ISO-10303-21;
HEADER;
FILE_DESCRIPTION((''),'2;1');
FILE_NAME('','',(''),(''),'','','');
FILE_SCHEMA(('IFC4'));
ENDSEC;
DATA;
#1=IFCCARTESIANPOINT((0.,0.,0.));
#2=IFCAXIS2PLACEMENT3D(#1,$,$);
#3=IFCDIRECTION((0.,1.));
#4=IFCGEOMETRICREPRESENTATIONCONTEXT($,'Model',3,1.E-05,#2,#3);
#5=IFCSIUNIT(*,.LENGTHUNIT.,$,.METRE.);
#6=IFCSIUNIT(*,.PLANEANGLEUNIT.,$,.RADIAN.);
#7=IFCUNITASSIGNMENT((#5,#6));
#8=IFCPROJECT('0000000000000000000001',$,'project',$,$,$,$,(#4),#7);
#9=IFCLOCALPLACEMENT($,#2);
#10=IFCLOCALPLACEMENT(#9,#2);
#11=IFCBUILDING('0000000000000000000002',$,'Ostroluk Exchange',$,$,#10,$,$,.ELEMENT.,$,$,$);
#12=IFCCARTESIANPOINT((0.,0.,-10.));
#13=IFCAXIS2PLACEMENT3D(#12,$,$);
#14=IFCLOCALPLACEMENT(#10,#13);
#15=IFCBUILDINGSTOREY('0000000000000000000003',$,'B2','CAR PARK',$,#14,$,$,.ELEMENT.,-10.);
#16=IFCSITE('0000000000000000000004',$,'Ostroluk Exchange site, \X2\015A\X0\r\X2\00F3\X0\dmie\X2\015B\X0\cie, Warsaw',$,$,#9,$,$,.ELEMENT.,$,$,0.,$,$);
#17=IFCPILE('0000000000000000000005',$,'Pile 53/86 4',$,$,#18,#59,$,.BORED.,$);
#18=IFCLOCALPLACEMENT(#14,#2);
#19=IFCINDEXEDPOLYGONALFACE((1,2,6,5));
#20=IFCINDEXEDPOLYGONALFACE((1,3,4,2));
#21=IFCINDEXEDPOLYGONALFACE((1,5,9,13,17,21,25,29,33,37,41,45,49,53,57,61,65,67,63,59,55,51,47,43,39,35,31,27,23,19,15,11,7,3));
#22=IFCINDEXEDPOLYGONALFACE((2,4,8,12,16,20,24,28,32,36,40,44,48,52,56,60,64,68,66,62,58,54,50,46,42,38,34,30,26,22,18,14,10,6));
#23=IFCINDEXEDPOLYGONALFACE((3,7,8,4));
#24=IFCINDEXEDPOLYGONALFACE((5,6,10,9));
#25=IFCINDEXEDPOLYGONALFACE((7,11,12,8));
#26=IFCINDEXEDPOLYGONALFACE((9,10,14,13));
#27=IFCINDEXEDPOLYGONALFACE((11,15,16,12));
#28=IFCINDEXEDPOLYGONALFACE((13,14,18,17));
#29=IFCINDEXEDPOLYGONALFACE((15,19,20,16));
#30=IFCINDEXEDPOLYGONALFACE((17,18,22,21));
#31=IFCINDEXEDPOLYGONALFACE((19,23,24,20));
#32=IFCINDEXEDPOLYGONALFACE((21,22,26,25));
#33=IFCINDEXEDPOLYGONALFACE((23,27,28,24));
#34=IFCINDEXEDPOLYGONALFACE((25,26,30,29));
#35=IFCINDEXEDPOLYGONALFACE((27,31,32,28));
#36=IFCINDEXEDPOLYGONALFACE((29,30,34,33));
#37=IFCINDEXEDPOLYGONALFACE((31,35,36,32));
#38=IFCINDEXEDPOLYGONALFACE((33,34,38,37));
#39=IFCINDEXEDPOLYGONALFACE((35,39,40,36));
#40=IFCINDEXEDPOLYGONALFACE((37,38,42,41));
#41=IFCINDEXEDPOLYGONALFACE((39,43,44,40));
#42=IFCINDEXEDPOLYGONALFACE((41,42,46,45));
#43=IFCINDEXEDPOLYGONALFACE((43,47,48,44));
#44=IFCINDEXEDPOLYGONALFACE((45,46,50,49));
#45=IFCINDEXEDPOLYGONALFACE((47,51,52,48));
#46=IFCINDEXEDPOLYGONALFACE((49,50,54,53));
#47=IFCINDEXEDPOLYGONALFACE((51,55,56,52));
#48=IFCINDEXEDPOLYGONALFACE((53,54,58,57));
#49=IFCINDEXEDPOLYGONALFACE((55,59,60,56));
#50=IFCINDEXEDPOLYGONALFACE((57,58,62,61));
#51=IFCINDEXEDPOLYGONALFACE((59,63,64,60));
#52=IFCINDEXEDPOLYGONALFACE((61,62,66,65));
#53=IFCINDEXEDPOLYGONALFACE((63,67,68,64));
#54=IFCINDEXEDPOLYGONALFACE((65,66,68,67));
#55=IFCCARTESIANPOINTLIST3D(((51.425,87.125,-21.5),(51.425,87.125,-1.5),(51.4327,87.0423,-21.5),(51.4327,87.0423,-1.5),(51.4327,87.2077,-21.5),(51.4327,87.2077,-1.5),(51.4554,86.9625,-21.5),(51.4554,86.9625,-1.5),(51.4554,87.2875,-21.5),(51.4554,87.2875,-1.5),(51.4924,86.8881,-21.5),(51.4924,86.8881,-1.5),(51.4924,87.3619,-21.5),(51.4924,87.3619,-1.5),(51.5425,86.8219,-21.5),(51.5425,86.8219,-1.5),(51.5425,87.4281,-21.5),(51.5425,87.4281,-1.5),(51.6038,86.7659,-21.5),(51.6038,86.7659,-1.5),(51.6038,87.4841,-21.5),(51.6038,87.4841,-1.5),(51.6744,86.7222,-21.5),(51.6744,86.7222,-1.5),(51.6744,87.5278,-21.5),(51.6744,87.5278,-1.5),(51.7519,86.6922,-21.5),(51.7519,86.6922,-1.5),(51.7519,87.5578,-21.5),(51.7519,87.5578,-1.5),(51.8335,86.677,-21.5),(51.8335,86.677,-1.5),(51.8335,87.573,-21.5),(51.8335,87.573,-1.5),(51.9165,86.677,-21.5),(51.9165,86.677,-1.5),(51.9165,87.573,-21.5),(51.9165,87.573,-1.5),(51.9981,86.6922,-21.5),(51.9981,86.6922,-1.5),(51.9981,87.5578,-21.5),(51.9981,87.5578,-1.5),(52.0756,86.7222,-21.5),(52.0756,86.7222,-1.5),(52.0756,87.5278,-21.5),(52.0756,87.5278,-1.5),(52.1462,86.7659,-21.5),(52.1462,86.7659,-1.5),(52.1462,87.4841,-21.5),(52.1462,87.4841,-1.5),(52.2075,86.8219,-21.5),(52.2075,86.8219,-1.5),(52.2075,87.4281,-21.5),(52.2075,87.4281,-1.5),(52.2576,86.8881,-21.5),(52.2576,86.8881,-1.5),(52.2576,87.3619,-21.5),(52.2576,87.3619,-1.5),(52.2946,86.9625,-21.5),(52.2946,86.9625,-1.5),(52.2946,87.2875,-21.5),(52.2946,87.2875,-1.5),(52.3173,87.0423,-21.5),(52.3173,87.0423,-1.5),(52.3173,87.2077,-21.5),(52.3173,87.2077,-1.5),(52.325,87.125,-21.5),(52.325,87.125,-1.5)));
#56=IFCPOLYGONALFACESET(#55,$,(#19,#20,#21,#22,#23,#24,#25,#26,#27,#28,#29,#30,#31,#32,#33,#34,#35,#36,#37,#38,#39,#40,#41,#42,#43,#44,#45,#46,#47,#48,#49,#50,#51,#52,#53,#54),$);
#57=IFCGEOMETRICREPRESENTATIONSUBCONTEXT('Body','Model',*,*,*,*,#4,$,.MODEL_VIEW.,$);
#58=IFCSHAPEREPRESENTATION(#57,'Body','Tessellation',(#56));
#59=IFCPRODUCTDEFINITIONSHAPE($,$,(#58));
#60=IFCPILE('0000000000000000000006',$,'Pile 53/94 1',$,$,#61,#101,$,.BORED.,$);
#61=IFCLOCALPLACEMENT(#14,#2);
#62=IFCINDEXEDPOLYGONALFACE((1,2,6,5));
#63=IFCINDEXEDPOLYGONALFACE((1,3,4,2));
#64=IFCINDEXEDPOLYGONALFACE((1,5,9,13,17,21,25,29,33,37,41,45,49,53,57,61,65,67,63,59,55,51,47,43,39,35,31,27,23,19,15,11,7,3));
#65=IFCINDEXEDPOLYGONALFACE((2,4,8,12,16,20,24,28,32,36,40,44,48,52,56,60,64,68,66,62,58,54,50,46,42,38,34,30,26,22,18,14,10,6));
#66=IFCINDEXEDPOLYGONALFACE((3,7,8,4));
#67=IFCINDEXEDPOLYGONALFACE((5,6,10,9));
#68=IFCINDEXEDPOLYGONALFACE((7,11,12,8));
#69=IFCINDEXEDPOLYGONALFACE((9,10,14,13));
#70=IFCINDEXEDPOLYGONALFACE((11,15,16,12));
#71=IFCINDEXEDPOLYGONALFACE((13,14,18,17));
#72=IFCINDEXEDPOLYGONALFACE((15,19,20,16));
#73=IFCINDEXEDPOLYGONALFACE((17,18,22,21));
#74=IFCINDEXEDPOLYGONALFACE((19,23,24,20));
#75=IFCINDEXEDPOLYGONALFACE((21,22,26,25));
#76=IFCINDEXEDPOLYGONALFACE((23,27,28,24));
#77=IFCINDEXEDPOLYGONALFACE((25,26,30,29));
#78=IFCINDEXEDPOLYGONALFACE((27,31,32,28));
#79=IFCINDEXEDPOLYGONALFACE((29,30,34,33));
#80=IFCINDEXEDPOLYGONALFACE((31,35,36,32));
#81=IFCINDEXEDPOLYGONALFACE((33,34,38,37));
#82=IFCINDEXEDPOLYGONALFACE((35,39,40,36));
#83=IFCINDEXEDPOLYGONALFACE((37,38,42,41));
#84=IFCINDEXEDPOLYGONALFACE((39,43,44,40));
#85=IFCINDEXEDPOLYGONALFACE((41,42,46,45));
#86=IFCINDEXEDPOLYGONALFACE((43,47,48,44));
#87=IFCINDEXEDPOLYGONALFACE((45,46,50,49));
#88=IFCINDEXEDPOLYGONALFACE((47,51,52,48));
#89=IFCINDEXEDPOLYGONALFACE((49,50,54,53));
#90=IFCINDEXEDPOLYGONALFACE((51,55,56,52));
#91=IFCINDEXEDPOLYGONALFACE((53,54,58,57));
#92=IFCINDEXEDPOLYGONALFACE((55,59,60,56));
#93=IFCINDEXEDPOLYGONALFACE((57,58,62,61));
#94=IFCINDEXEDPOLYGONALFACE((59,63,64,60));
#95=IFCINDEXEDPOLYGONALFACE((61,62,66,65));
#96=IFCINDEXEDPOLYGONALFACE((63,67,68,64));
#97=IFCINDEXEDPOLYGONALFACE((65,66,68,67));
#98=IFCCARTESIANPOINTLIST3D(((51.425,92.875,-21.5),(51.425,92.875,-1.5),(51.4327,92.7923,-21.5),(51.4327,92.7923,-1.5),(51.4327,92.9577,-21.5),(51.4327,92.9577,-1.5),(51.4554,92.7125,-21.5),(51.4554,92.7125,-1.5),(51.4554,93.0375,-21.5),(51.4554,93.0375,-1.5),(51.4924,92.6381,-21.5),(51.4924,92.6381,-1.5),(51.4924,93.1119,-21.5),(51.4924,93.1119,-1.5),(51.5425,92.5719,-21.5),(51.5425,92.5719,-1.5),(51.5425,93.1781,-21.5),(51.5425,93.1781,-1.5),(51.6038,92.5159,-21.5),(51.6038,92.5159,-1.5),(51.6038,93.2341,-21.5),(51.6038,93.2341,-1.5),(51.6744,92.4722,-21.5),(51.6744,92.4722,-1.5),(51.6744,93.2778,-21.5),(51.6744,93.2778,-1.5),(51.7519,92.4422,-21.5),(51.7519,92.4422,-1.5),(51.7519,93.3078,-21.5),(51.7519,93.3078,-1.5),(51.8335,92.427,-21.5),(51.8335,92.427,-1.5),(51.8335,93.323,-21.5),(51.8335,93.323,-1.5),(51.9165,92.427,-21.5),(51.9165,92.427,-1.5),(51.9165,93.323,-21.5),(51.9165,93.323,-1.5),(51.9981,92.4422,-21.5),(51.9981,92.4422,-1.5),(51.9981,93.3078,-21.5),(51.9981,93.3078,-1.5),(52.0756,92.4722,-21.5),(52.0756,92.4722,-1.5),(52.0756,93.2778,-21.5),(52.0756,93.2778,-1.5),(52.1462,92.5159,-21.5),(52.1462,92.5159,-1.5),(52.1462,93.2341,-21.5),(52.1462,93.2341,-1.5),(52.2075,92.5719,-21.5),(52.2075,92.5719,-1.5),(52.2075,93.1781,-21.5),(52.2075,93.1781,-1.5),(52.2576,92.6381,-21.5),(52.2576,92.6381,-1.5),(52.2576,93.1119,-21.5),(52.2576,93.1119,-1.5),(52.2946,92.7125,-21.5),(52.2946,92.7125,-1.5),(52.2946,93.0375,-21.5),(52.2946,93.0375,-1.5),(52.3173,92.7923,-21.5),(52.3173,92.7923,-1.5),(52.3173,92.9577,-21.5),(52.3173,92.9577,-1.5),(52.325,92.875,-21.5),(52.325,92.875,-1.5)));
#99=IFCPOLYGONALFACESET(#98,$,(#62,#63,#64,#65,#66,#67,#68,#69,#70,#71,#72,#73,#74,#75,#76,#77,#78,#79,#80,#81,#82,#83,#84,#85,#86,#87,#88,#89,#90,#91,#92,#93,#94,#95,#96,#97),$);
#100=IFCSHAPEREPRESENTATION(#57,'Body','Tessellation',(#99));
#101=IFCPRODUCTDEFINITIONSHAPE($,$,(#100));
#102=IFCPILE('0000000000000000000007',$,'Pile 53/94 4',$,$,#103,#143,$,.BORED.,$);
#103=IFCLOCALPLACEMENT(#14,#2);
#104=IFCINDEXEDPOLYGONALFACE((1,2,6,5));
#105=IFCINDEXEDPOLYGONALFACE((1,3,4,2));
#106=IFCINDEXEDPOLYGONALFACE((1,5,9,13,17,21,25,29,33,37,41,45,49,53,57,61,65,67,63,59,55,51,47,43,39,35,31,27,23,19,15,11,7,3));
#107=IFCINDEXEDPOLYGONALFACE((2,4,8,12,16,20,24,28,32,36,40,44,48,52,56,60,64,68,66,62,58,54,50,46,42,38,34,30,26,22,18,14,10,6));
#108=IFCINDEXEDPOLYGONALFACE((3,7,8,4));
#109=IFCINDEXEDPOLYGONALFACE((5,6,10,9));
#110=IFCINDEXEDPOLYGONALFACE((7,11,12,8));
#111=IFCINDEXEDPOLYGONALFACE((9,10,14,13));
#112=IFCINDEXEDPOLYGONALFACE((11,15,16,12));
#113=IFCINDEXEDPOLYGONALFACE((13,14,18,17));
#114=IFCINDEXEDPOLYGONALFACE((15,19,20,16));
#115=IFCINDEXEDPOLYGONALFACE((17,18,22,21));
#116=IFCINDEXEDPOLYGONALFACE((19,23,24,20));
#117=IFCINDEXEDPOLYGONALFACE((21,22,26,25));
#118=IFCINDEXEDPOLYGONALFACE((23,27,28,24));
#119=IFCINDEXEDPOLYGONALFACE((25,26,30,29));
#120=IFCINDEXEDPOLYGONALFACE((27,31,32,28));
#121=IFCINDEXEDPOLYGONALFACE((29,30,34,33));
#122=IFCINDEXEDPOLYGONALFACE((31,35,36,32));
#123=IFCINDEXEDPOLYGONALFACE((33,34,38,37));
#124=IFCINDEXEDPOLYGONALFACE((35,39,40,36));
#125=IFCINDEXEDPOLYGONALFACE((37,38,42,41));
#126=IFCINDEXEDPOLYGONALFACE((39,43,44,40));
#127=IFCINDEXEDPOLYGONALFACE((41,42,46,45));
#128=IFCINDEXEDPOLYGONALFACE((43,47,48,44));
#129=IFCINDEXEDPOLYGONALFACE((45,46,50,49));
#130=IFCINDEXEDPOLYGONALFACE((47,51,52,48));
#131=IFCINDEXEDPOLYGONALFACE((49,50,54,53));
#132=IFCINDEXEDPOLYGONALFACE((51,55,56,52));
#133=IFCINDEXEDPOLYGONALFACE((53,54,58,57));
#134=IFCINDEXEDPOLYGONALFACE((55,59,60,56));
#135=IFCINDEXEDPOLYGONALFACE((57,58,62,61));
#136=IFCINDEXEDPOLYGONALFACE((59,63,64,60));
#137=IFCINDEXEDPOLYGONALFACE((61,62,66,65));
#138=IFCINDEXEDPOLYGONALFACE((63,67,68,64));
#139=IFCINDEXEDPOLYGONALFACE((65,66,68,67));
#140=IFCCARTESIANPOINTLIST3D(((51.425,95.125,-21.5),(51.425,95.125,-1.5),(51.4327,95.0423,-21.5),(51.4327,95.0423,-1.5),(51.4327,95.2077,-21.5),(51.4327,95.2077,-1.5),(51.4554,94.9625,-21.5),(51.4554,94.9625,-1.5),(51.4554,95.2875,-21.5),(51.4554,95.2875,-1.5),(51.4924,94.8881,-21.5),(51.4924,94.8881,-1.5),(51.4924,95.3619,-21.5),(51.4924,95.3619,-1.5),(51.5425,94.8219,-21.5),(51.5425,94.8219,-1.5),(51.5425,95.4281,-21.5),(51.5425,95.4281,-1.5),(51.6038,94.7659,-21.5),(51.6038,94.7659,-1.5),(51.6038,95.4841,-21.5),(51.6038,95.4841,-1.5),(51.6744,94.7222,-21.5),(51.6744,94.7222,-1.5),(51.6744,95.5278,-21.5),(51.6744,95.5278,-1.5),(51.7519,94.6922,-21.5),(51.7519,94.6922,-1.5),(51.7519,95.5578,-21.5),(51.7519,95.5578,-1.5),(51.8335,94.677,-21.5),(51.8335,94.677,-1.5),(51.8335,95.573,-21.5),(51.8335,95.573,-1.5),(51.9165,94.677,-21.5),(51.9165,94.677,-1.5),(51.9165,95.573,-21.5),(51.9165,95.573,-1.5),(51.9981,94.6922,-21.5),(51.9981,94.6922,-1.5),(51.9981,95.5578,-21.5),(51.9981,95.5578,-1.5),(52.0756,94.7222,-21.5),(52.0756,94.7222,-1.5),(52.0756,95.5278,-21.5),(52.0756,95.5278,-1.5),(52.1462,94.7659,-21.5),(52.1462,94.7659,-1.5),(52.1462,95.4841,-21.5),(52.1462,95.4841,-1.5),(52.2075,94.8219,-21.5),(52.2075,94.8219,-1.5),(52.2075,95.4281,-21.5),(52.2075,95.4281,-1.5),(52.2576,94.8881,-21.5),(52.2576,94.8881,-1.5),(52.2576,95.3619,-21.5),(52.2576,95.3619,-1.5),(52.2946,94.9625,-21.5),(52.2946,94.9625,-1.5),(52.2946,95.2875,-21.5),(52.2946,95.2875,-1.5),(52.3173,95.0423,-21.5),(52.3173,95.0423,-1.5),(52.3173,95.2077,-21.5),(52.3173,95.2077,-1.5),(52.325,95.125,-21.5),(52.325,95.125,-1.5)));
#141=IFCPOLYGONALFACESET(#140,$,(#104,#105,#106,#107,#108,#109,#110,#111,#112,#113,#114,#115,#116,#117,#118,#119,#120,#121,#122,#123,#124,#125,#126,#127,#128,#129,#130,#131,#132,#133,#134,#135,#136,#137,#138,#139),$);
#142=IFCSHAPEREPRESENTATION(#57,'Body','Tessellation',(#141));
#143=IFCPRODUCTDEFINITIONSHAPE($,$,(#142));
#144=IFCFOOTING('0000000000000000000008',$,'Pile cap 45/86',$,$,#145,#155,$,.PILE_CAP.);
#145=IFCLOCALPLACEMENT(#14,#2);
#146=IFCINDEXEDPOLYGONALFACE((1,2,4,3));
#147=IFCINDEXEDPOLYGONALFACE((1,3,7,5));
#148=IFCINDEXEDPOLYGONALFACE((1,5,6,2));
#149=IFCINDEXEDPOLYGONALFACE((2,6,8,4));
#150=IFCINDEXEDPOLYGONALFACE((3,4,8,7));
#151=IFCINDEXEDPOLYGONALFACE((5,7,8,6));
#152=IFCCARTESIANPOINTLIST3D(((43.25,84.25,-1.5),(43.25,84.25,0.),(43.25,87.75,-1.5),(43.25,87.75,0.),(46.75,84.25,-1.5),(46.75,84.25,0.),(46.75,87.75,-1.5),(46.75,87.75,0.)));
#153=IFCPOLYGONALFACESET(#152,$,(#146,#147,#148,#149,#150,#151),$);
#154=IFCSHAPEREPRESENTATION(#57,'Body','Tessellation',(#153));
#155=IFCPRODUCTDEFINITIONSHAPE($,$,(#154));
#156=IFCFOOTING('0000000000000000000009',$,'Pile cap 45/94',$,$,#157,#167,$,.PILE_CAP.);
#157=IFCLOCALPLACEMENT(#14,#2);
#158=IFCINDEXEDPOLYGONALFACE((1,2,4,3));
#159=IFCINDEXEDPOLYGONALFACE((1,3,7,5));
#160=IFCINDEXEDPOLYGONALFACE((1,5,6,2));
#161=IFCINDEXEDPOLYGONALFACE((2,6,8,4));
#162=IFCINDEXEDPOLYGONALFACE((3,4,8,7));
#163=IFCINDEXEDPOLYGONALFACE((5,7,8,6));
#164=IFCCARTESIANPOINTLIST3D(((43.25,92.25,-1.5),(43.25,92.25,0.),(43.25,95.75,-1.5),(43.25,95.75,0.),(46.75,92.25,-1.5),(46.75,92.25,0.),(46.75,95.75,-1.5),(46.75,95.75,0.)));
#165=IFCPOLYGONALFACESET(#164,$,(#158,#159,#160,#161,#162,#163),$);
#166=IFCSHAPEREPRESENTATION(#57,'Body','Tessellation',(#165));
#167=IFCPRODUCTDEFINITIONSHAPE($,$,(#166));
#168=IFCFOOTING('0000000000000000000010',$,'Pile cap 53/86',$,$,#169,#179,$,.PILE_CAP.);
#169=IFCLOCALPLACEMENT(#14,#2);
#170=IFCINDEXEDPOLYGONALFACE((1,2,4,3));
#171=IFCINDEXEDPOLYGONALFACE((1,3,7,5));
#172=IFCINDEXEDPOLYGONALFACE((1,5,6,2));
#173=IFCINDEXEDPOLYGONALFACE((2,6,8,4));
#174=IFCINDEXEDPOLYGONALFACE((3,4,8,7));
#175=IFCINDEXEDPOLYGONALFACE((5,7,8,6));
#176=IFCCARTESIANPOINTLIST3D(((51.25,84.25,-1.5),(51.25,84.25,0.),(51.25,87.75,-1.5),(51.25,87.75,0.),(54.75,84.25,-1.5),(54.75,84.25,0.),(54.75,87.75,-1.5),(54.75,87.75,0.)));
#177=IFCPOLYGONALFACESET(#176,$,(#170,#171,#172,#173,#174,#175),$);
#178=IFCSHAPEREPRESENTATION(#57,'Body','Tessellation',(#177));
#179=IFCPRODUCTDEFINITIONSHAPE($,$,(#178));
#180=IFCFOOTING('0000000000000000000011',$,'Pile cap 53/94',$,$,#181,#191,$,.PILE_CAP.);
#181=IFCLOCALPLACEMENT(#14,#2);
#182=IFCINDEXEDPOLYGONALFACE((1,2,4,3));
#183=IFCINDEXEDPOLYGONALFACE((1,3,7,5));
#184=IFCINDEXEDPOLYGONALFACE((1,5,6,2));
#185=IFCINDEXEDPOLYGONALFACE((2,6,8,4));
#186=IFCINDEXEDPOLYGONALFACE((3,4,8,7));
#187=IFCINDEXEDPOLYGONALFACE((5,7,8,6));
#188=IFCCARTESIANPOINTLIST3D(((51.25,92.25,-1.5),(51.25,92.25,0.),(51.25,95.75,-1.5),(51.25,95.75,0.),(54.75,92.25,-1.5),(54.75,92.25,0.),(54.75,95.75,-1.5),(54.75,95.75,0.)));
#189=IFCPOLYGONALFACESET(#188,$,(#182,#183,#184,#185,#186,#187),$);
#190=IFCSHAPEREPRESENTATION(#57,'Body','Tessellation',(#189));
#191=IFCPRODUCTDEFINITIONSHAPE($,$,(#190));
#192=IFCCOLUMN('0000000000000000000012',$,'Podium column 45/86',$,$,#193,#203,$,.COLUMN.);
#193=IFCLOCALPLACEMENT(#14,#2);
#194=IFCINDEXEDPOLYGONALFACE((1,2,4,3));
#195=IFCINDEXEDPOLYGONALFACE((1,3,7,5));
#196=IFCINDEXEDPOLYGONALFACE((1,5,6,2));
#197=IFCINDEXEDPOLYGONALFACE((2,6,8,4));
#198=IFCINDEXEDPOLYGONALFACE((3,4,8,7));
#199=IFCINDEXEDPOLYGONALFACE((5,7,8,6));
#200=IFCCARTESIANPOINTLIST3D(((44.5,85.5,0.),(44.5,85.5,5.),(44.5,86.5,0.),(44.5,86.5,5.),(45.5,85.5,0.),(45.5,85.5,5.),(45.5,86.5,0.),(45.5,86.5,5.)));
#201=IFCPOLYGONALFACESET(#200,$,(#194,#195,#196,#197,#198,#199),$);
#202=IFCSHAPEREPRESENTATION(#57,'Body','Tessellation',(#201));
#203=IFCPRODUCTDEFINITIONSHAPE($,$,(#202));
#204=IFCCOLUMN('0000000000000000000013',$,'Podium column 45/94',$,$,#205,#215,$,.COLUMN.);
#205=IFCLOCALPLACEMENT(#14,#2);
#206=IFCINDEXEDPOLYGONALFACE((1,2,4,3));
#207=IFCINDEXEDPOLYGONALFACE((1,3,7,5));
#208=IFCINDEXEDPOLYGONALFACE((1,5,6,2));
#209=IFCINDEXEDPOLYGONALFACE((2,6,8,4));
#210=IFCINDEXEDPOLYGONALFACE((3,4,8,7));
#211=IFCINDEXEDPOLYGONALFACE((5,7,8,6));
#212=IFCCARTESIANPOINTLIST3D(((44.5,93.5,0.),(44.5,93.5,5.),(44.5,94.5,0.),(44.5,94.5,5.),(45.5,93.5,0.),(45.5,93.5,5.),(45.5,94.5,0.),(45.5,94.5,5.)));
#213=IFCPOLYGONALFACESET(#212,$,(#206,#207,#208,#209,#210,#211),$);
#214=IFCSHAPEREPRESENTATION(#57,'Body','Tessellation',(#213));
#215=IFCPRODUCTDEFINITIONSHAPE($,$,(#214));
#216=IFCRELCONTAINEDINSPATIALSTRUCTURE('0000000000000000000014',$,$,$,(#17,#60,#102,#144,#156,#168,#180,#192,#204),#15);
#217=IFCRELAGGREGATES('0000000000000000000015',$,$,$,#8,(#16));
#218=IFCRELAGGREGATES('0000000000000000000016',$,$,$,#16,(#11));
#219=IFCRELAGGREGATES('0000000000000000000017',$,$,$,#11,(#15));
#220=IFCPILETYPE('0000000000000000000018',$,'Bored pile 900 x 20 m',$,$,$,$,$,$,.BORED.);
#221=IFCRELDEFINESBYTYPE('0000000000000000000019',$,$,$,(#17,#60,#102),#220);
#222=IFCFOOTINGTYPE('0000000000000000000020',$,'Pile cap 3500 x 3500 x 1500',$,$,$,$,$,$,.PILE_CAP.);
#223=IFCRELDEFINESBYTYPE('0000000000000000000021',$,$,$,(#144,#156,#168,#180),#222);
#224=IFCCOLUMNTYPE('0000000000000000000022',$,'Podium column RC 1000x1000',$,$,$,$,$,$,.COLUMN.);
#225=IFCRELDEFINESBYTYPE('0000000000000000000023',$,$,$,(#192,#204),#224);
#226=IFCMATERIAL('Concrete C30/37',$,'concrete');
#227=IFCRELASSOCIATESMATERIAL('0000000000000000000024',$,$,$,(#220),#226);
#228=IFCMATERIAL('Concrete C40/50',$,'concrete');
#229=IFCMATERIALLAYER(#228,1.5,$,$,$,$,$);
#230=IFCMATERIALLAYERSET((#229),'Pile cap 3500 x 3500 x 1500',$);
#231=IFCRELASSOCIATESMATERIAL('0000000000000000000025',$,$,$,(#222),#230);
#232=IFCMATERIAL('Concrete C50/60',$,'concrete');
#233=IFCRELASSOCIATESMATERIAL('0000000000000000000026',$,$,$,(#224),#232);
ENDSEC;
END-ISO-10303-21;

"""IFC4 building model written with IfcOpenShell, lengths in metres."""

from ifc_helpers import new_model, si_unit, direction, frame, origin, origin_2d, place, context, subcontext, project, spatial, rectangle, circle, extrude, material, layer, layer_set, material_profile, profile_set, type_object, element, save


model = new_model("IFC4")

# Units and contexts
model_context = context("Model", 3, precision=1e-05, world=origin(), true_north=direction((0.0, 1.0)))
body_context = subcontext(model_context, "Body", "Model", "MODEL_VIEW")
ifc_project = project(units=[si_unit("LENGTHUNIT", "METRE"), si_unit("PLANEANGLEUNIT", "RADIAN")], contexts=[model_context])

# Site, building, storey
site_placement = place(None, origin())
site = spatial("IfcSite", under=ifc_project, at=site_placement, Name="Ostroluk Exchange site, Śródmieście, Warsaw", CompositionType="ELEMENT", RefElevation=0.0)
building_placement = place(site_placement, origin())
building = spatial("IfcBuilding", under=site, at=building_placement, Name="Ostroluk Exchange", CompositionType="ELEMENT")
storey_placement = place(building_placement, frame((0.0, 0.0, -10.0)))
storey = spatial("IfcBuildingStorey", under=building, at=storey_placement, Name="B2", Description="CAR PARK", CompositionType="ELEMENT", Elevation=-10.0)

# Piles
ifc_material_1 = material(Name="Concrete C30/37", Category="concrete")
pile_type = type_object("IfcPileType", Name="Bored pile 900 x 20 m", PredefinedType="BORED", material=ifc_material_1)
for number, where, z_axis, x_axis, name in (
    (1, (51.875, 87.125, -1.5), (0.0, 0.0, -1.0), (1.0, 0.0, 0.0), "Pile 53/86 4"),
    (2, (51.875, 92.875, -1.5), (0.0, 0.0, -1.0), (1.0, 0.0, 0.0), "Pile 53/94 1"),
    (3, (51.875, 95.125, -1.5), (0.0, 0.0, -1.0), (1.0, 0.0, 0.0), "Pile 53/94 4"),
):
    element("IfcPile", number, at=place(storey_placement, frame(where, z_axis=z_axis, x_axis=x_axis)), inside=storey, type_object=pile_type, Name=name, PredefinedType="BORED", context=body_context, shape_type="SweptSolid", body=[
        extrude(circle(Radius=0.45, at=origin_2d()), origin(), (0.0, 0.0, 1.0), 20.0),
    ])

# Footings
ifc_material_2 = material(Name="Concrete C40/50", Category="concrete")
ifc_layer = layer(ifc_material_2, 1.5)
ifc_layer_set = layer_set([ifc_layer], Name="Pile cap 3500 x 3500 x 1500")
footing_type = type_object("IfcFootingType", Name="Pile cap 3500 x 3500 x 1500", PredefinedType="PILE_CAP", material=ifc_layer_set)
for number, where, z_axis, x_axis, name in (
    (4, (45.0, 86.0, -1.5), (0.0, 0.0, 1.0), (1.0, 0.0, 0.0), "Pile cap 45/86"),
    (5, (45.0, 94.0, -1.5), (0.0, 0.0, 1.0), (1.0, 0.0, 0.0), "Pile cap 45/94"),
    (6, (53.0, 86.0, -1.5), (0.0, 0.0, 1.0), (1.0, 0.0, 0.0), "Pile cap 53/86"),
    (7, (53.0, 94.0, -1.5), (0.0, 0.0, 1.0), (1.0, 0.0, 0.0), "Pile cap 53/94"),
):
    element("IfcFooting", number, at=place(storey_placement, frame(where, z_axis=z_axis, x_axis=x_axis)), inside=storey, type_object=footing_type, Name=name, PredefinedType="PILE_CAP", context=body_context, shape_type="SweptSolid", body=[
        extrude(rectangle(XDim=3.5, YDim=3.5, at=origin_2d()), origin(), (0.0, 0.0, 1.0), 1.5),
    ])

# Columns
ifc_material_3 = material(Name="Concrete C50/60", Category="concrete")
ifc_material_profile = material_profile(ifc_material_3, rectangle(XDim=1.0, YDim=1.0, at=origin_2d()), Name="RC 1000x1000")
ifc_profile_set = profile_set([ifc_material_profile], Name="Concrete C50/60")
column_type = type_object("IfcColumnType", Name="Podium column RC 1000x1000", PredefinedType="COLUMN", material=ifc_profile_set)
for number, where, z_axis, x_axis, name in (
    (8, (45.0, 86.0, 0.0), (0.0, 0.0, 1.0), (1.0, 0.0, 0.0), "Podium column 45/86"),
    (9, (45.0, 94.0, 0.0), (0.0, 0.0, 1.0), (1.0, 0.0, 0.0), "Podium column 45/94"),
):
    element("IfcColumn", number, at=place(storey_placement, frame(where, z_axis=z_axis, x_axis=x_axis)), inside=storey, type_object=column_type, Name=name, PredefinedType="COLUMN", context=body_context, shape_type="SweptSolid", body=[
        extrude(rectangle(XDim=1.0, YDim=1.0, at=origin_2d()), origin(), (0.0, 0.0, 1.0), 5.0),
    ])

save(model, "model.ifc")
